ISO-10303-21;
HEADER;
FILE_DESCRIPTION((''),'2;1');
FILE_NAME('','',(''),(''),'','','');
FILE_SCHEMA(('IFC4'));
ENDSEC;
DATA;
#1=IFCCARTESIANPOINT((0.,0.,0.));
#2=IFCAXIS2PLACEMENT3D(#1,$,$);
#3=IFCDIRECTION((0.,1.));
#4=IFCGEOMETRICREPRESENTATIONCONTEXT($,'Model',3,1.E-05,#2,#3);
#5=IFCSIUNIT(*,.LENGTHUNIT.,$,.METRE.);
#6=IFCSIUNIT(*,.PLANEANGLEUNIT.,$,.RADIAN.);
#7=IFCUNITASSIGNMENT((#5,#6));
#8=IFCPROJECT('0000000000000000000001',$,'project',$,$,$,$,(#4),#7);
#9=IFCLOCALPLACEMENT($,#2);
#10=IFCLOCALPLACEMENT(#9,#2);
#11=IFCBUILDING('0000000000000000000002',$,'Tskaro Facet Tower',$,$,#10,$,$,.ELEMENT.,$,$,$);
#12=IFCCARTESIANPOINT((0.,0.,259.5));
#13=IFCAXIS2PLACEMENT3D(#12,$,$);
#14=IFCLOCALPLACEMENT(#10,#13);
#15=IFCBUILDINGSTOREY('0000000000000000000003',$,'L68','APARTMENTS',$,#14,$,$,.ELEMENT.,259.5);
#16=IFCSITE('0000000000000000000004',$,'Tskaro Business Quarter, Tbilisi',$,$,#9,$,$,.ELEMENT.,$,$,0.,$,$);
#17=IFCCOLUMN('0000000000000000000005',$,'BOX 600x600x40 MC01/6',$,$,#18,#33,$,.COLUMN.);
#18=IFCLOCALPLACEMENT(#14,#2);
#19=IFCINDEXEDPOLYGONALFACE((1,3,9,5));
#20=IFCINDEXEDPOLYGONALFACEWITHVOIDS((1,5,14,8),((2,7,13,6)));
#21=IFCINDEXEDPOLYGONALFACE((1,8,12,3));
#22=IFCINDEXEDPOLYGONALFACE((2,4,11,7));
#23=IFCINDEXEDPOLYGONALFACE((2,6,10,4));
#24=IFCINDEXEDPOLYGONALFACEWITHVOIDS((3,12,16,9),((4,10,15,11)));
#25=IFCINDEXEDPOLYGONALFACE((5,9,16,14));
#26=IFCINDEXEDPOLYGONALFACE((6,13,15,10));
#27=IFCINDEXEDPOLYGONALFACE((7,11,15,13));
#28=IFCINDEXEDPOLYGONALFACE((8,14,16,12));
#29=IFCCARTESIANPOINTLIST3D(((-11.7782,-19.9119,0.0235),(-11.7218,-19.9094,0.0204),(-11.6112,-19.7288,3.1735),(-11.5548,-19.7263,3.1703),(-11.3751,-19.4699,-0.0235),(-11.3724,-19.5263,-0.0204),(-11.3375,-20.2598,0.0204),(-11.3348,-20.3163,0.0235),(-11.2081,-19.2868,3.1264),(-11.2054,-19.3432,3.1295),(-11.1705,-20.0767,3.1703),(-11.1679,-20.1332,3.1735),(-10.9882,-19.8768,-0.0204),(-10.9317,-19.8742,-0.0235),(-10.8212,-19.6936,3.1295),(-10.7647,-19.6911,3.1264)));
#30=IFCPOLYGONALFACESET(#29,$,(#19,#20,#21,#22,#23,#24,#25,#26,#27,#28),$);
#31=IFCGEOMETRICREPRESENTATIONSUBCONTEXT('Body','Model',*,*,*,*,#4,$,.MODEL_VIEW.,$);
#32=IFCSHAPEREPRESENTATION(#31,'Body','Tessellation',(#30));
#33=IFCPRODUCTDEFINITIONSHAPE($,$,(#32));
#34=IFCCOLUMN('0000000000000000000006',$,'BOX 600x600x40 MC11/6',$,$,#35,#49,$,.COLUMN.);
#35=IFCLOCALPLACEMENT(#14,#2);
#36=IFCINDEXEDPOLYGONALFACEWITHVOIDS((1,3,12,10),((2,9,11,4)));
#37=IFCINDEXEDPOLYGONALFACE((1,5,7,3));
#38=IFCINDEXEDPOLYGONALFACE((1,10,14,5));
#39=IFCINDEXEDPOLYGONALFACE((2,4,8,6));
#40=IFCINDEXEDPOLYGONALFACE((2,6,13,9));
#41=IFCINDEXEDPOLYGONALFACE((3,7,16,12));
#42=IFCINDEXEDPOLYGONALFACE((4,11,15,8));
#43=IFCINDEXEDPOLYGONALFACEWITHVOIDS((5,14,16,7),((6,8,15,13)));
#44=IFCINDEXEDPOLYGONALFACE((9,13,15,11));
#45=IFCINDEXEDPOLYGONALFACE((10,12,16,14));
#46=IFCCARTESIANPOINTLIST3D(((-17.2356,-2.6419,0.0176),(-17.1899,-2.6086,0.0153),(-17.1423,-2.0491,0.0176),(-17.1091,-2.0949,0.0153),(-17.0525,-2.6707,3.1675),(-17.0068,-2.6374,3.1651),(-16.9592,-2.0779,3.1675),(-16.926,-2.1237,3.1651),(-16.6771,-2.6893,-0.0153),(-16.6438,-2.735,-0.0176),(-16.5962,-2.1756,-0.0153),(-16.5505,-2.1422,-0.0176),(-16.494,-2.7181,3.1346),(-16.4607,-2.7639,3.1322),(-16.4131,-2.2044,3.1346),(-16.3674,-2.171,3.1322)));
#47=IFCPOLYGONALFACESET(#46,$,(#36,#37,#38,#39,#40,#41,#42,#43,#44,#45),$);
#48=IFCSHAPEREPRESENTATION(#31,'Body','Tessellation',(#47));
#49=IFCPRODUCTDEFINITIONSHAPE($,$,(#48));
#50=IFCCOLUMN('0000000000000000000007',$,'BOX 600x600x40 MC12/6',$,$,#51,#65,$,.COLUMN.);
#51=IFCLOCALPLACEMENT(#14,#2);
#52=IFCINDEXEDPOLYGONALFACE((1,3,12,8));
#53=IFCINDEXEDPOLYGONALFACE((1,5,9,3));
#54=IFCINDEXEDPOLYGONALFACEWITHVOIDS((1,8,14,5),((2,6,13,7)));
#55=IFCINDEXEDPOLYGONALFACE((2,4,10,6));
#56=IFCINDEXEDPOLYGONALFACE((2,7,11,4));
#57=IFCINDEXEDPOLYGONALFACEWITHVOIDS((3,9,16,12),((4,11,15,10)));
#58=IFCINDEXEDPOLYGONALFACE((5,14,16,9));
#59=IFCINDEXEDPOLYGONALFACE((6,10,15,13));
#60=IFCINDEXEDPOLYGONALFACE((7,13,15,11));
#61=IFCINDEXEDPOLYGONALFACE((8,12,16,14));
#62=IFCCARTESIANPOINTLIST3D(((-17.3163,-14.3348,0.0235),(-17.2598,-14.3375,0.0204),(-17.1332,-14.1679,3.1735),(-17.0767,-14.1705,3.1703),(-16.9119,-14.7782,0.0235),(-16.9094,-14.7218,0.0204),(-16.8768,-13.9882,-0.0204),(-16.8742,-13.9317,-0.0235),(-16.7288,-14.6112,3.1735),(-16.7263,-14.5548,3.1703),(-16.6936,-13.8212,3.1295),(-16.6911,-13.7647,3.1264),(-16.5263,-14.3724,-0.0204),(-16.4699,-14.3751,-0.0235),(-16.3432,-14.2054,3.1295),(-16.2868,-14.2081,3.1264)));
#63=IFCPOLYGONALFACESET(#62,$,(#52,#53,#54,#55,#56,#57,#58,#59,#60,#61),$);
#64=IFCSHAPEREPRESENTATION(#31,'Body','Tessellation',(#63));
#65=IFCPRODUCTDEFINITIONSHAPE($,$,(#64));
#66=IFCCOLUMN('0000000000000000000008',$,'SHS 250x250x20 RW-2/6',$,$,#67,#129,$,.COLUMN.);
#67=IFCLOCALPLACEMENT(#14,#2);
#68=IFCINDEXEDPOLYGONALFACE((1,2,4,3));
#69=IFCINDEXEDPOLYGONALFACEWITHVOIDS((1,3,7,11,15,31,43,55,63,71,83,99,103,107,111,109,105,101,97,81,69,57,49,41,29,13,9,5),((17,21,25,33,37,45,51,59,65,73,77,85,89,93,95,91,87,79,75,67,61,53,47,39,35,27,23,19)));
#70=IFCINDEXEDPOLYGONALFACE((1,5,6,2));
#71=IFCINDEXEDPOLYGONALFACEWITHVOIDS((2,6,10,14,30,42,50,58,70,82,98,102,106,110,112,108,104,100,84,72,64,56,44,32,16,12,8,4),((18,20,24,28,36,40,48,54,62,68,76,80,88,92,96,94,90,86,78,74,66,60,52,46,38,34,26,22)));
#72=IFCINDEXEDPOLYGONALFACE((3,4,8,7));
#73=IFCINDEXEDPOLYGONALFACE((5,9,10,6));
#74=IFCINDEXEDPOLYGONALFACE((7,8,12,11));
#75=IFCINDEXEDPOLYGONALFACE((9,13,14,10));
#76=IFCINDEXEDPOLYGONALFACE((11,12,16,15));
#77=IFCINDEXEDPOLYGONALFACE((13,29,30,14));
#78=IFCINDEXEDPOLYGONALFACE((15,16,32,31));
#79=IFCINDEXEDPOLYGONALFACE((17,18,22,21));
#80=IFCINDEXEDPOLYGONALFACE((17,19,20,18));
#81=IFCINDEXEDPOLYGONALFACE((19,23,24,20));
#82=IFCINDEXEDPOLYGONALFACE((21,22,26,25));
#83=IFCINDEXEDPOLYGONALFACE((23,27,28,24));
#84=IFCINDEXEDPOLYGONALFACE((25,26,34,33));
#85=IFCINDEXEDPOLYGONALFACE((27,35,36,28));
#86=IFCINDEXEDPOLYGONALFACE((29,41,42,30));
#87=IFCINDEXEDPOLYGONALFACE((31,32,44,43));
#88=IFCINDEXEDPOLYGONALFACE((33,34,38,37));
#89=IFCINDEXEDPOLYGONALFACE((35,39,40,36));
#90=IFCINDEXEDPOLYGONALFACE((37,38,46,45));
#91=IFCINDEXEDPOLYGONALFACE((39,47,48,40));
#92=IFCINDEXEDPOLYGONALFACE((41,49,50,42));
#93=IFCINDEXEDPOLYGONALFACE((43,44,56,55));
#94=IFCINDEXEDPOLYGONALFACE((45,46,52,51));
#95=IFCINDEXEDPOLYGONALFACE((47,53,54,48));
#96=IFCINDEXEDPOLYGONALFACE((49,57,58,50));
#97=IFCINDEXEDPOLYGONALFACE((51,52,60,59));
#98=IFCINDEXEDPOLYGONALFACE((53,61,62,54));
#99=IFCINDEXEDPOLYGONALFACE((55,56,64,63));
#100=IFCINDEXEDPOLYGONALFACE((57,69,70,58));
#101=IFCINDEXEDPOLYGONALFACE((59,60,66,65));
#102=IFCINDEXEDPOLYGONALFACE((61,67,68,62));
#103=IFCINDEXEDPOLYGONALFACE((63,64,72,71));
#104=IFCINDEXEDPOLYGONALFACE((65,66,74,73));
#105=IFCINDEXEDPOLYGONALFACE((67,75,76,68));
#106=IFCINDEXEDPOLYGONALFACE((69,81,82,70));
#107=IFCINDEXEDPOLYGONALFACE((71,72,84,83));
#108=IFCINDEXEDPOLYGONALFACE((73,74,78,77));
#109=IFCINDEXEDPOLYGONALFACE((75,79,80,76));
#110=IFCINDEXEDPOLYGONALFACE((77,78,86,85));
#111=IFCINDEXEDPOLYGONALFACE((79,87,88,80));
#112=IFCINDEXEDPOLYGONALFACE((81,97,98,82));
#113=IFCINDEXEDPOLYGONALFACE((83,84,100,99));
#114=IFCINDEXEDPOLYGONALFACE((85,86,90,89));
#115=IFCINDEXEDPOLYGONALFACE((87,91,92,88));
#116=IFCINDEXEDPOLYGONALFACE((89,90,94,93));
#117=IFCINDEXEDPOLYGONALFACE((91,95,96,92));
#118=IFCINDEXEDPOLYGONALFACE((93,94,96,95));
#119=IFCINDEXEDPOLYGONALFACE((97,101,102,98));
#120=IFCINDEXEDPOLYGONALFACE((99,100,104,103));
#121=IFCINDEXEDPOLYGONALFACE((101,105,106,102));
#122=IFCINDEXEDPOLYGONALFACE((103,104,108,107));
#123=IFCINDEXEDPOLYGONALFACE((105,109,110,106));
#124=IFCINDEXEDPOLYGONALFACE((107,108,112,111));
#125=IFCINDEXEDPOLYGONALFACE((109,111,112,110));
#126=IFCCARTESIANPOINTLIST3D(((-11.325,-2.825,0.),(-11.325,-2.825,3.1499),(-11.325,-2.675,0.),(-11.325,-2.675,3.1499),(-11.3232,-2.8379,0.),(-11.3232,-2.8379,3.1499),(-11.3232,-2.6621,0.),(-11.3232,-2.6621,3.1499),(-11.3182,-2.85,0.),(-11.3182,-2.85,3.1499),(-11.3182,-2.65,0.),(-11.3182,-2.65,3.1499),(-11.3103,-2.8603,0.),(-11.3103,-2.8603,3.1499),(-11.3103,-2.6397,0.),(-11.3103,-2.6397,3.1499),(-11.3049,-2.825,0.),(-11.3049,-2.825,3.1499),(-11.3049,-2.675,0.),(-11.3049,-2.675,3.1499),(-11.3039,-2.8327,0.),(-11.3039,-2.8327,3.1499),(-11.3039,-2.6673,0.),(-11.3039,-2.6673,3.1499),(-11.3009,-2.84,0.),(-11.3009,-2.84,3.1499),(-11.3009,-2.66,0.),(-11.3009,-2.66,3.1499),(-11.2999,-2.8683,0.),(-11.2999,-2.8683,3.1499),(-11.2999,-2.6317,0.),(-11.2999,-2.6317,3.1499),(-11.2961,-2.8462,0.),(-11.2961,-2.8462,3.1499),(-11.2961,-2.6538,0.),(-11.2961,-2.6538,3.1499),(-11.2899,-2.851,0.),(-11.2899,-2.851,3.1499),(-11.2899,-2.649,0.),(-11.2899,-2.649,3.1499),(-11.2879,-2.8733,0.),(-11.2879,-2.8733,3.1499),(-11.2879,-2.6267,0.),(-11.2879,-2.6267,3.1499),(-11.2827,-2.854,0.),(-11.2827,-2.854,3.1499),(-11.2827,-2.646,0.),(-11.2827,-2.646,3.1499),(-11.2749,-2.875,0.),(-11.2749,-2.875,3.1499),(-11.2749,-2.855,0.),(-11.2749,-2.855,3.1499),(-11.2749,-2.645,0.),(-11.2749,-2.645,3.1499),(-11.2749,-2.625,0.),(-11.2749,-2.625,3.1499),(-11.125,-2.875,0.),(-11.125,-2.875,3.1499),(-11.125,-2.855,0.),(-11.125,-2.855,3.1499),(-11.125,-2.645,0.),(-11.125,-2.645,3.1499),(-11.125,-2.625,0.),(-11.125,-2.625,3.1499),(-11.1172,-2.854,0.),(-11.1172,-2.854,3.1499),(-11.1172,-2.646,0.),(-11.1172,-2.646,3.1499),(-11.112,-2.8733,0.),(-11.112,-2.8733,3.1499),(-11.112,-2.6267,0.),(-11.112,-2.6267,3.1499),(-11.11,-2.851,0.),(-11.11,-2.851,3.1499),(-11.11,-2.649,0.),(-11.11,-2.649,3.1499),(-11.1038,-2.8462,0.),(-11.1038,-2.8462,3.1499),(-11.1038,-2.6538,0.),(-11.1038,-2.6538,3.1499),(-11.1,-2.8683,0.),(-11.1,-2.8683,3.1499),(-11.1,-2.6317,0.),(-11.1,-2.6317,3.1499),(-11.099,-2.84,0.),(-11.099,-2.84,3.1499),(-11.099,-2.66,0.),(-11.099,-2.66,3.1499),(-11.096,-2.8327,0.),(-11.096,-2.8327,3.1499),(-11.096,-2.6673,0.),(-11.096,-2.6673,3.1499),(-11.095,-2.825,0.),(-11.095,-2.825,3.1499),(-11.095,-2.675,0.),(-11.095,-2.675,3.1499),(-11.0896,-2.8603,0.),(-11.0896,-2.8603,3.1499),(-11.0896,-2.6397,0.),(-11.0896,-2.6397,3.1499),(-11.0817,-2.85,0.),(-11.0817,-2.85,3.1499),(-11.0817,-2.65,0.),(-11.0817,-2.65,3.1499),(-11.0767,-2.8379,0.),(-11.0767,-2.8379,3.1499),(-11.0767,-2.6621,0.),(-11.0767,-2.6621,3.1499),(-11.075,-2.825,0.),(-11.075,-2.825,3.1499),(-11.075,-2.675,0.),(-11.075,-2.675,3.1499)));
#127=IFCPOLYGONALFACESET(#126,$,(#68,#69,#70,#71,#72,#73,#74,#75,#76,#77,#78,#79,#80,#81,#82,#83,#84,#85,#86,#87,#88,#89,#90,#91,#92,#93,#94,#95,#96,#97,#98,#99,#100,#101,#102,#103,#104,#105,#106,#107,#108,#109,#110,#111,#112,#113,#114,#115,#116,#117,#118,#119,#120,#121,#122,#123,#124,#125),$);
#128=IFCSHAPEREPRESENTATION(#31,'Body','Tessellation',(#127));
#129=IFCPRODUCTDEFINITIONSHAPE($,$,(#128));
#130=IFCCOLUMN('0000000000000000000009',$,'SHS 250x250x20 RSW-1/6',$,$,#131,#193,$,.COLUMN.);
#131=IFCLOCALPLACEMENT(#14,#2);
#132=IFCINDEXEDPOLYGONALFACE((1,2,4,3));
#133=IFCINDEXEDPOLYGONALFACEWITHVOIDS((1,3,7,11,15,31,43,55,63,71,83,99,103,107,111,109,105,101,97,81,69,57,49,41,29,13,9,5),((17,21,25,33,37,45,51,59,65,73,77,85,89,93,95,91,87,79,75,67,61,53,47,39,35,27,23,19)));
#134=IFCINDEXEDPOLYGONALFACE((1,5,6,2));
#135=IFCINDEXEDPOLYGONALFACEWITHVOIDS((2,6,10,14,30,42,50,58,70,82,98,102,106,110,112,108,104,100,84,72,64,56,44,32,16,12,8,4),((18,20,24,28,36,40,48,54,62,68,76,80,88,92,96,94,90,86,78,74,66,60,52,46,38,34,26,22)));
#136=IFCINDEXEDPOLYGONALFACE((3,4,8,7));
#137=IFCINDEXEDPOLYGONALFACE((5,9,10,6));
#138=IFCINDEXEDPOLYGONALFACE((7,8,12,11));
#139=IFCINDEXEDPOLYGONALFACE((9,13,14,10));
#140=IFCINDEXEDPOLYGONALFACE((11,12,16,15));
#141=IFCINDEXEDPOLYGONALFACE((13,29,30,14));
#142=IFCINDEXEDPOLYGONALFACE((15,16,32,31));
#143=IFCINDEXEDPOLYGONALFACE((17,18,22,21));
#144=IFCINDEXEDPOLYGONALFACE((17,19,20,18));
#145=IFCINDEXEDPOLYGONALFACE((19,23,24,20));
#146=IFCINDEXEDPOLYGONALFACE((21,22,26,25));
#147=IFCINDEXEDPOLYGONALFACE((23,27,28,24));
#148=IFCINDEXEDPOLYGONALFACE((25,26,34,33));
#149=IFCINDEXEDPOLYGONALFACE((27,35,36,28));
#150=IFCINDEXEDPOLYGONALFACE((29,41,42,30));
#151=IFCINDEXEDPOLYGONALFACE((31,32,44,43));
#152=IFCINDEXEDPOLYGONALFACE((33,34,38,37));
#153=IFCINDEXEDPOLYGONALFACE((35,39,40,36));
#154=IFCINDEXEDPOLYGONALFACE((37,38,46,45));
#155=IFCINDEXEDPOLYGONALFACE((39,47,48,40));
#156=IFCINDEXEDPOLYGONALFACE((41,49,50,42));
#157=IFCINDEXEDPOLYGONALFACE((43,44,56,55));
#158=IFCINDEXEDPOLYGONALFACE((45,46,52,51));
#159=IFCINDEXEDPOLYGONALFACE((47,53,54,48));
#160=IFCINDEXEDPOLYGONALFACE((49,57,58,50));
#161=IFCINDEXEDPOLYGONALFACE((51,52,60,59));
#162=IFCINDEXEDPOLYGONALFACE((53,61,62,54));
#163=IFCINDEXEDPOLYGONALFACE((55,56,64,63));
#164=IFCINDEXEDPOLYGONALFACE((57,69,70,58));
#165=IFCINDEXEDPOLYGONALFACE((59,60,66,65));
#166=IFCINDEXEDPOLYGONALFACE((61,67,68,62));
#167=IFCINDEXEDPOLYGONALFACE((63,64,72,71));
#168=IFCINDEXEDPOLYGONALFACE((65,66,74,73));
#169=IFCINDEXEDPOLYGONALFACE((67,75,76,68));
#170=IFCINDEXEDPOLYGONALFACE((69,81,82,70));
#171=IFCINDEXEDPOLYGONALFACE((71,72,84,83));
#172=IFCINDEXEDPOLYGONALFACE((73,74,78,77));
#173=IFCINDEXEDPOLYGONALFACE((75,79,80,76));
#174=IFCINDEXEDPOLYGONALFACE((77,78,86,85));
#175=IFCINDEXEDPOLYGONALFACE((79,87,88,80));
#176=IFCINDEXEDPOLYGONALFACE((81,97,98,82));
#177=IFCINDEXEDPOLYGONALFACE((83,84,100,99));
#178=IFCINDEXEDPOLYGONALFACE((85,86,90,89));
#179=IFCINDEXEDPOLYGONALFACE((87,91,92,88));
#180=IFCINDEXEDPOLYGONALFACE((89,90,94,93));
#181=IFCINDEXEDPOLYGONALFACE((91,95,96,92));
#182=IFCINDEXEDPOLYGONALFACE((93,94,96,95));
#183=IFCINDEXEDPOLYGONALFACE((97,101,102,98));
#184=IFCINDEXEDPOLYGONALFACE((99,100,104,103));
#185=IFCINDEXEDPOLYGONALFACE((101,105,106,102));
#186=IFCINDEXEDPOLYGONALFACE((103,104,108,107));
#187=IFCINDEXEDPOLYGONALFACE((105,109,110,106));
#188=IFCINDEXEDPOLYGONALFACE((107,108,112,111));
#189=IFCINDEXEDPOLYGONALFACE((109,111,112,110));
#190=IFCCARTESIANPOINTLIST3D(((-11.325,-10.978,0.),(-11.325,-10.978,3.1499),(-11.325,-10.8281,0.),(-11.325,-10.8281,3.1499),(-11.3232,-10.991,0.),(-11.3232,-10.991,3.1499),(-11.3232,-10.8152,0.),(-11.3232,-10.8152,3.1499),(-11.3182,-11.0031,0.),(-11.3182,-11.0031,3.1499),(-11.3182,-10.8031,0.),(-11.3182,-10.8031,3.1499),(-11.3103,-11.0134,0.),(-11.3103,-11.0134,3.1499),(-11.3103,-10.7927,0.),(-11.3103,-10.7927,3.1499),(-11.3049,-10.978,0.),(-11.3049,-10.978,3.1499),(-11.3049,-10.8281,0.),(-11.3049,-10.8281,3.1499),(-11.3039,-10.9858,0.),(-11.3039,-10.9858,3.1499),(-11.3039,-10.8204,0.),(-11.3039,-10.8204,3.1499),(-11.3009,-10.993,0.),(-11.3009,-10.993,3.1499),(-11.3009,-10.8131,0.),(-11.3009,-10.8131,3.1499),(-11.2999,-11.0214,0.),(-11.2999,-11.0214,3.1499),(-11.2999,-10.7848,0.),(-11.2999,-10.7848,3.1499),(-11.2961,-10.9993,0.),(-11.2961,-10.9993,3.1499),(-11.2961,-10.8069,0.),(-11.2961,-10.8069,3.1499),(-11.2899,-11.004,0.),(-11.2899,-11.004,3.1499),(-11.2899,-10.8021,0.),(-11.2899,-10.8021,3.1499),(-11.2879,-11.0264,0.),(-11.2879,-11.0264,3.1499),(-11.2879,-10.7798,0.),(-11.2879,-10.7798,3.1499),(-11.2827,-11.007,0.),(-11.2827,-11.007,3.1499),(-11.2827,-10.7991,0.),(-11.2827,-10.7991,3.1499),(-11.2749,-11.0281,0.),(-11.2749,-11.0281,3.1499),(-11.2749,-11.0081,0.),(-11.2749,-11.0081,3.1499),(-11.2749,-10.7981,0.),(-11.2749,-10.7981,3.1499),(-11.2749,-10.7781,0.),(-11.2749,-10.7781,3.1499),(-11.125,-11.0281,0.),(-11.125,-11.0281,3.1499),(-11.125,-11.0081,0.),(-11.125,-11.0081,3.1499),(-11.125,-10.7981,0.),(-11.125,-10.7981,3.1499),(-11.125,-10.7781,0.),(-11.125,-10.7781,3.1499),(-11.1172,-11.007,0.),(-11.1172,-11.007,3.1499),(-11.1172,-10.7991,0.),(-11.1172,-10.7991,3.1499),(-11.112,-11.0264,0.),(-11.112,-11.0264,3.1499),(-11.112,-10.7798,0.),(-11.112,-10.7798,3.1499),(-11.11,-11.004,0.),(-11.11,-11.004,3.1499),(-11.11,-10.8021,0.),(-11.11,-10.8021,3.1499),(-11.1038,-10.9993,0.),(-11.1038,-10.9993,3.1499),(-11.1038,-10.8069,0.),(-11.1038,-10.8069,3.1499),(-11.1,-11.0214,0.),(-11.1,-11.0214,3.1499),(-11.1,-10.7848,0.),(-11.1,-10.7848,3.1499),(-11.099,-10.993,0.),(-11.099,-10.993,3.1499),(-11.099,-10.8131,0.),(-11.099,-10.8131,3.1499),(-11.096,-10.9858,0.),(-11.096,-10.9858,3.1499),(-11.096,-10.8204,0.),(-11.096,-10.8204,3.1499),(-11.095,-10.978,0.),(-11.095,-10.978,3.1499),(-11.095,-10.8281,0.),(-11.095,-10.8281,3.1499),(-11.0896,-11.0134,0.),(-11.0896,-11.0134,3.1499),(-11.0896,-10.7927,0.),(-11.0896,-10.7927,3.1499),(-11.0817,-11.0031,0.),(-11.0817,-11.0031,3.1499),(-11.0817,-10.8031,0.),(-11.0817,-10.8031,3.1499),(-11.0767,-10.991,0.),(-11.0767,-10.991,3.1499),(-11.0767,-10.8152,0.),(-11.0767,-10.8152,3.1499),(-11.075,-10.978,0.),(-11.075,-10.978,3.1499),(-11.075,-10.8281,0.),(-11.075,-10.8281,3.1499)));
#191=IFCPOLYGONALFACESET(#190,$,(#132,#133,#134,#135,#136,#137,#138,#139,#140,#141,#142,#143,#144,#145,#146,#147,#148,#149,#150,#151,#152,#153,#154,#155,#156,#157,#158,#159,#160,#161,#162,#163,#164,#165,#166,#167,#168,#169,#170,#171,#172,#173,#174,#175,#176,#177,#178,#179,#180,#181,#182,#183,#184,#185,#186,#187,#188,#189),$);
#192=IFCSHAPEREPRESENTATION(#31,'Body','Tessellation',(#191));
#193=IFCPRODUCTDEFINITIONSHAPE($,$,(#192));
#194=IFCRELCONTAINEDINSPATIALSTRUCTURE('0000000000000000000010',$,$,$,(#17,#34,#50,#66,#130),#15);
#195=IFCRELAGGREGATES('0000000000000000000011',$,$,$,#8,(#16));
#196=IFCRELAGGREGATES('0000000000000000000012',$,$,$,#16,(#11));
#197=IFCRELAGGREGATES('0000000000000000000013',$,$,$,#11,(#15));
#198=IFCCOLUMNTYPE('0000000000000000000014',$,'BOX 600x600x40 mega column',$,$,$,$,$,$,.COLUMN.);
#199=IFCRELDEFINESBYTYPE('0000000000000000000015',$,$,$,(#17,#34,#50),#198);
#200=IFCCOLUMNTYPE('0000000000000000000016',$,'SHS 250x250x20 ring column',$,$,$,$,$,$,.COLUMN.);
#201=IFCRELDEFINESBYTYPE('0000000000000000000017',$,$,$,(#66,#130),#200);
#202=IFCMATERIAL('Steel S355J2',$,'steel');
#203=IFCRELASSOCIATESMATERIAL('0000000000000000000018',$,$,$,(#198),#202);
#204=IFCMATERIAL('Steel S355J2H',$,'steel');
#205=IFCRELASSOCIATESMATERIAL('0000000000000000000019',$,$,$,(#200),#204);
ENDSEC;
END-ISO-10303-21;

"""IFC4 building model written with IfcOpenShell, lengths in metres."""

from ifc_helpers import new_model, si_unit, direction, frame, origin, origin_2d, place, context, subcontext, project, spatial, hollow_rectangle, extrude, material, material_profile, profile_set, type_object, element, save


model = new_model("IFC4")

# Units and contexts
model_context = context("Model", 3, precision=1e-05, world=origin(), true_north=direction((0.0, 1.0)))
body_context = subcontext(model_context, "Body", "Model", "MODEL_VIEW")
ifc_project = project(units=[si_unit("LENGTHUNIT", "METRE"), si_unit("PLANEANGLEUNIT", "RADIAN")], contexts=[model_context])

# Site, building, storey
site_placement = place(None, origin())
site = spatial("IfcSite", under=ifc_project, at=site_placement, Name="Tskaro Business Quarter, Tbilisi", CompositionType="ELEMENT", RefElevation=0.0)
building_placement = place(site_placement, origin())
building = spatial("IfcBuilding", under=site, at=building_placement, Name="Tskaro Facet Tower", CompositionType="ELEMENT")
storey_placement = place(building_placement, frame((0.0, 0.0, 259.5)))
storey = spatial("IfcBuildingStorey", under=building, at=storey_placement, Name="L68", Description="APARTMENTS", CompositionType="ELEMENT", Elevation=259.5)

# Columns
ifc_material_1 = material(Name="Steel S355J2", Category="steel")
ifc_material_profile_1 = material_profile(ifc_material_1, hollow_rectangle(XDim=0.6001, YDim=0.6001, WallThickness=0.04, at=origin_2d()), Name="BOX 600x600x40")
ifc_profile_set_1 = profile_set([ifc_material_profile_1], Name="Steel S355J2")
column_type_1 = type_object("IfcColumnType", Name="BOX 600x600x40 mega column", PredefinedType="COLUMN", material=ifc_profile_set_1)
column_1_placement = place(storey_placement, frame((-11.355, -19.8931, 0.0), z_axis=(0.052852, 0.057951, 0.996919), x_axis=(-0.738869, 0.673849, 0.0)))
element("IfcColumn", 1, at=column_1_placement, inside=storey, type_object=column_type_1, Name="BOX 600x600x40 MC01/6", PredefinedType="COLUMN", context=body_context, shape_type="SweptSolid", body=[
    extrude(hollow_rectangle(XDim=0.6001, YDim=0.6001, WallThickness=0.04, at=origin_2d()), origin(), (0.0, 0.0, 1.0), 3.1597),
])
column_2_placement = place(storey_placement, frame((-16.8931, -2.3921, 0.0), z_axis=(0.05803, -0.00913, 0.998273), x_axis=(0.155421, 0.987848, 0.0)))
element("IfcColumn", 2, at=column_2_placement, inside=storey, type_object=column_type_1, Name="BOX 600x600x40 MC11/6", PredefinedType="COLUMN", context=body_context, shape_type="SweptSolid", body=[
    extrude(hollow_rectangle(XDim=0.6001, YDim=0.6001, WallThickness=0.04, at=origin_2d()), origin(), (0.0, 0.0, 1.0), 3.1553),
])
column_3_placement = place(storey_placement, frame((-16.8931, -14.355, 0.0), z_axis=(0.057951, 0.052852, 0.996919), x_axis=(-0.673849, 0.738869, 0.0)))
element("IfcColumn", 3, at=column_3_placement, inside=storey, type_object=column_type_1, Name="BOX 600x600x40 MC12/6", PredefinedType="COLUMN", context=body_context, shape_type="SweptSolid", body=[
    extrude(hollow_rectangle(XDim=0.6001, YDim=0.6001, WallThickness=0.04, at=origin_2d()), origin(), (0.0, 0.0, 1.0), 3.1597),
])
ifc_material_2 = material(Name="Steel S355J2H", Category="steel")
ifc_material_profile_2 = material_profile(ifc_material_2, hollow_rectangle(XDim=0.25, YDim=0.25, WallThickness=0.02, InnerFilletRadius=0.03, OuterFilletRadius=0.05, at=origin_2d()), Name="SHS 250x250x20")
ifc_profile_set_2 = profile_set([ifc_material_profile_2], Name="Steel S355J2H")
column_type_2 = type_object("IfcColumnType", Name="SHS 250x250x20 ring column", PredefinedType="COLUMN", material=ifc_profile_set_2)
for number, where, z_axis, x_axis, name in (
    (4, (-11.2, -2.75, 0.0), (0.0, 0.0, 1.0), (1.0, 0.0, 0.0), "SHS 250x250x20 RW-2/6"),
    (5, (-11.2, -10.9031, 0.0), (0.0, 0.0, 1.0), (1.0, 0.0, 0.0), "SHS 250x250x20 RSW-1/6"),
):
    element("IfcColumn", number, at=place(storey_placement, frame(where, z_axis=z_axis, x_axis=x_axis)), inside=storey, type_object=column_type_2, Name=name, PredefinedType="COLUMN", context=body_context, shape_type="SweptSolid", body=[
        extrude(hollow_rectangle(XDim=0.25, YDim=0.25, WallThickness=0.02, InnerFilletRadius=0.03, OuterFilletRadius=0.05, at=origin_2d()), origin(), (0.0, 0.0, 1.0), 3.1499),
    ])

save(model, "model.ifc")
